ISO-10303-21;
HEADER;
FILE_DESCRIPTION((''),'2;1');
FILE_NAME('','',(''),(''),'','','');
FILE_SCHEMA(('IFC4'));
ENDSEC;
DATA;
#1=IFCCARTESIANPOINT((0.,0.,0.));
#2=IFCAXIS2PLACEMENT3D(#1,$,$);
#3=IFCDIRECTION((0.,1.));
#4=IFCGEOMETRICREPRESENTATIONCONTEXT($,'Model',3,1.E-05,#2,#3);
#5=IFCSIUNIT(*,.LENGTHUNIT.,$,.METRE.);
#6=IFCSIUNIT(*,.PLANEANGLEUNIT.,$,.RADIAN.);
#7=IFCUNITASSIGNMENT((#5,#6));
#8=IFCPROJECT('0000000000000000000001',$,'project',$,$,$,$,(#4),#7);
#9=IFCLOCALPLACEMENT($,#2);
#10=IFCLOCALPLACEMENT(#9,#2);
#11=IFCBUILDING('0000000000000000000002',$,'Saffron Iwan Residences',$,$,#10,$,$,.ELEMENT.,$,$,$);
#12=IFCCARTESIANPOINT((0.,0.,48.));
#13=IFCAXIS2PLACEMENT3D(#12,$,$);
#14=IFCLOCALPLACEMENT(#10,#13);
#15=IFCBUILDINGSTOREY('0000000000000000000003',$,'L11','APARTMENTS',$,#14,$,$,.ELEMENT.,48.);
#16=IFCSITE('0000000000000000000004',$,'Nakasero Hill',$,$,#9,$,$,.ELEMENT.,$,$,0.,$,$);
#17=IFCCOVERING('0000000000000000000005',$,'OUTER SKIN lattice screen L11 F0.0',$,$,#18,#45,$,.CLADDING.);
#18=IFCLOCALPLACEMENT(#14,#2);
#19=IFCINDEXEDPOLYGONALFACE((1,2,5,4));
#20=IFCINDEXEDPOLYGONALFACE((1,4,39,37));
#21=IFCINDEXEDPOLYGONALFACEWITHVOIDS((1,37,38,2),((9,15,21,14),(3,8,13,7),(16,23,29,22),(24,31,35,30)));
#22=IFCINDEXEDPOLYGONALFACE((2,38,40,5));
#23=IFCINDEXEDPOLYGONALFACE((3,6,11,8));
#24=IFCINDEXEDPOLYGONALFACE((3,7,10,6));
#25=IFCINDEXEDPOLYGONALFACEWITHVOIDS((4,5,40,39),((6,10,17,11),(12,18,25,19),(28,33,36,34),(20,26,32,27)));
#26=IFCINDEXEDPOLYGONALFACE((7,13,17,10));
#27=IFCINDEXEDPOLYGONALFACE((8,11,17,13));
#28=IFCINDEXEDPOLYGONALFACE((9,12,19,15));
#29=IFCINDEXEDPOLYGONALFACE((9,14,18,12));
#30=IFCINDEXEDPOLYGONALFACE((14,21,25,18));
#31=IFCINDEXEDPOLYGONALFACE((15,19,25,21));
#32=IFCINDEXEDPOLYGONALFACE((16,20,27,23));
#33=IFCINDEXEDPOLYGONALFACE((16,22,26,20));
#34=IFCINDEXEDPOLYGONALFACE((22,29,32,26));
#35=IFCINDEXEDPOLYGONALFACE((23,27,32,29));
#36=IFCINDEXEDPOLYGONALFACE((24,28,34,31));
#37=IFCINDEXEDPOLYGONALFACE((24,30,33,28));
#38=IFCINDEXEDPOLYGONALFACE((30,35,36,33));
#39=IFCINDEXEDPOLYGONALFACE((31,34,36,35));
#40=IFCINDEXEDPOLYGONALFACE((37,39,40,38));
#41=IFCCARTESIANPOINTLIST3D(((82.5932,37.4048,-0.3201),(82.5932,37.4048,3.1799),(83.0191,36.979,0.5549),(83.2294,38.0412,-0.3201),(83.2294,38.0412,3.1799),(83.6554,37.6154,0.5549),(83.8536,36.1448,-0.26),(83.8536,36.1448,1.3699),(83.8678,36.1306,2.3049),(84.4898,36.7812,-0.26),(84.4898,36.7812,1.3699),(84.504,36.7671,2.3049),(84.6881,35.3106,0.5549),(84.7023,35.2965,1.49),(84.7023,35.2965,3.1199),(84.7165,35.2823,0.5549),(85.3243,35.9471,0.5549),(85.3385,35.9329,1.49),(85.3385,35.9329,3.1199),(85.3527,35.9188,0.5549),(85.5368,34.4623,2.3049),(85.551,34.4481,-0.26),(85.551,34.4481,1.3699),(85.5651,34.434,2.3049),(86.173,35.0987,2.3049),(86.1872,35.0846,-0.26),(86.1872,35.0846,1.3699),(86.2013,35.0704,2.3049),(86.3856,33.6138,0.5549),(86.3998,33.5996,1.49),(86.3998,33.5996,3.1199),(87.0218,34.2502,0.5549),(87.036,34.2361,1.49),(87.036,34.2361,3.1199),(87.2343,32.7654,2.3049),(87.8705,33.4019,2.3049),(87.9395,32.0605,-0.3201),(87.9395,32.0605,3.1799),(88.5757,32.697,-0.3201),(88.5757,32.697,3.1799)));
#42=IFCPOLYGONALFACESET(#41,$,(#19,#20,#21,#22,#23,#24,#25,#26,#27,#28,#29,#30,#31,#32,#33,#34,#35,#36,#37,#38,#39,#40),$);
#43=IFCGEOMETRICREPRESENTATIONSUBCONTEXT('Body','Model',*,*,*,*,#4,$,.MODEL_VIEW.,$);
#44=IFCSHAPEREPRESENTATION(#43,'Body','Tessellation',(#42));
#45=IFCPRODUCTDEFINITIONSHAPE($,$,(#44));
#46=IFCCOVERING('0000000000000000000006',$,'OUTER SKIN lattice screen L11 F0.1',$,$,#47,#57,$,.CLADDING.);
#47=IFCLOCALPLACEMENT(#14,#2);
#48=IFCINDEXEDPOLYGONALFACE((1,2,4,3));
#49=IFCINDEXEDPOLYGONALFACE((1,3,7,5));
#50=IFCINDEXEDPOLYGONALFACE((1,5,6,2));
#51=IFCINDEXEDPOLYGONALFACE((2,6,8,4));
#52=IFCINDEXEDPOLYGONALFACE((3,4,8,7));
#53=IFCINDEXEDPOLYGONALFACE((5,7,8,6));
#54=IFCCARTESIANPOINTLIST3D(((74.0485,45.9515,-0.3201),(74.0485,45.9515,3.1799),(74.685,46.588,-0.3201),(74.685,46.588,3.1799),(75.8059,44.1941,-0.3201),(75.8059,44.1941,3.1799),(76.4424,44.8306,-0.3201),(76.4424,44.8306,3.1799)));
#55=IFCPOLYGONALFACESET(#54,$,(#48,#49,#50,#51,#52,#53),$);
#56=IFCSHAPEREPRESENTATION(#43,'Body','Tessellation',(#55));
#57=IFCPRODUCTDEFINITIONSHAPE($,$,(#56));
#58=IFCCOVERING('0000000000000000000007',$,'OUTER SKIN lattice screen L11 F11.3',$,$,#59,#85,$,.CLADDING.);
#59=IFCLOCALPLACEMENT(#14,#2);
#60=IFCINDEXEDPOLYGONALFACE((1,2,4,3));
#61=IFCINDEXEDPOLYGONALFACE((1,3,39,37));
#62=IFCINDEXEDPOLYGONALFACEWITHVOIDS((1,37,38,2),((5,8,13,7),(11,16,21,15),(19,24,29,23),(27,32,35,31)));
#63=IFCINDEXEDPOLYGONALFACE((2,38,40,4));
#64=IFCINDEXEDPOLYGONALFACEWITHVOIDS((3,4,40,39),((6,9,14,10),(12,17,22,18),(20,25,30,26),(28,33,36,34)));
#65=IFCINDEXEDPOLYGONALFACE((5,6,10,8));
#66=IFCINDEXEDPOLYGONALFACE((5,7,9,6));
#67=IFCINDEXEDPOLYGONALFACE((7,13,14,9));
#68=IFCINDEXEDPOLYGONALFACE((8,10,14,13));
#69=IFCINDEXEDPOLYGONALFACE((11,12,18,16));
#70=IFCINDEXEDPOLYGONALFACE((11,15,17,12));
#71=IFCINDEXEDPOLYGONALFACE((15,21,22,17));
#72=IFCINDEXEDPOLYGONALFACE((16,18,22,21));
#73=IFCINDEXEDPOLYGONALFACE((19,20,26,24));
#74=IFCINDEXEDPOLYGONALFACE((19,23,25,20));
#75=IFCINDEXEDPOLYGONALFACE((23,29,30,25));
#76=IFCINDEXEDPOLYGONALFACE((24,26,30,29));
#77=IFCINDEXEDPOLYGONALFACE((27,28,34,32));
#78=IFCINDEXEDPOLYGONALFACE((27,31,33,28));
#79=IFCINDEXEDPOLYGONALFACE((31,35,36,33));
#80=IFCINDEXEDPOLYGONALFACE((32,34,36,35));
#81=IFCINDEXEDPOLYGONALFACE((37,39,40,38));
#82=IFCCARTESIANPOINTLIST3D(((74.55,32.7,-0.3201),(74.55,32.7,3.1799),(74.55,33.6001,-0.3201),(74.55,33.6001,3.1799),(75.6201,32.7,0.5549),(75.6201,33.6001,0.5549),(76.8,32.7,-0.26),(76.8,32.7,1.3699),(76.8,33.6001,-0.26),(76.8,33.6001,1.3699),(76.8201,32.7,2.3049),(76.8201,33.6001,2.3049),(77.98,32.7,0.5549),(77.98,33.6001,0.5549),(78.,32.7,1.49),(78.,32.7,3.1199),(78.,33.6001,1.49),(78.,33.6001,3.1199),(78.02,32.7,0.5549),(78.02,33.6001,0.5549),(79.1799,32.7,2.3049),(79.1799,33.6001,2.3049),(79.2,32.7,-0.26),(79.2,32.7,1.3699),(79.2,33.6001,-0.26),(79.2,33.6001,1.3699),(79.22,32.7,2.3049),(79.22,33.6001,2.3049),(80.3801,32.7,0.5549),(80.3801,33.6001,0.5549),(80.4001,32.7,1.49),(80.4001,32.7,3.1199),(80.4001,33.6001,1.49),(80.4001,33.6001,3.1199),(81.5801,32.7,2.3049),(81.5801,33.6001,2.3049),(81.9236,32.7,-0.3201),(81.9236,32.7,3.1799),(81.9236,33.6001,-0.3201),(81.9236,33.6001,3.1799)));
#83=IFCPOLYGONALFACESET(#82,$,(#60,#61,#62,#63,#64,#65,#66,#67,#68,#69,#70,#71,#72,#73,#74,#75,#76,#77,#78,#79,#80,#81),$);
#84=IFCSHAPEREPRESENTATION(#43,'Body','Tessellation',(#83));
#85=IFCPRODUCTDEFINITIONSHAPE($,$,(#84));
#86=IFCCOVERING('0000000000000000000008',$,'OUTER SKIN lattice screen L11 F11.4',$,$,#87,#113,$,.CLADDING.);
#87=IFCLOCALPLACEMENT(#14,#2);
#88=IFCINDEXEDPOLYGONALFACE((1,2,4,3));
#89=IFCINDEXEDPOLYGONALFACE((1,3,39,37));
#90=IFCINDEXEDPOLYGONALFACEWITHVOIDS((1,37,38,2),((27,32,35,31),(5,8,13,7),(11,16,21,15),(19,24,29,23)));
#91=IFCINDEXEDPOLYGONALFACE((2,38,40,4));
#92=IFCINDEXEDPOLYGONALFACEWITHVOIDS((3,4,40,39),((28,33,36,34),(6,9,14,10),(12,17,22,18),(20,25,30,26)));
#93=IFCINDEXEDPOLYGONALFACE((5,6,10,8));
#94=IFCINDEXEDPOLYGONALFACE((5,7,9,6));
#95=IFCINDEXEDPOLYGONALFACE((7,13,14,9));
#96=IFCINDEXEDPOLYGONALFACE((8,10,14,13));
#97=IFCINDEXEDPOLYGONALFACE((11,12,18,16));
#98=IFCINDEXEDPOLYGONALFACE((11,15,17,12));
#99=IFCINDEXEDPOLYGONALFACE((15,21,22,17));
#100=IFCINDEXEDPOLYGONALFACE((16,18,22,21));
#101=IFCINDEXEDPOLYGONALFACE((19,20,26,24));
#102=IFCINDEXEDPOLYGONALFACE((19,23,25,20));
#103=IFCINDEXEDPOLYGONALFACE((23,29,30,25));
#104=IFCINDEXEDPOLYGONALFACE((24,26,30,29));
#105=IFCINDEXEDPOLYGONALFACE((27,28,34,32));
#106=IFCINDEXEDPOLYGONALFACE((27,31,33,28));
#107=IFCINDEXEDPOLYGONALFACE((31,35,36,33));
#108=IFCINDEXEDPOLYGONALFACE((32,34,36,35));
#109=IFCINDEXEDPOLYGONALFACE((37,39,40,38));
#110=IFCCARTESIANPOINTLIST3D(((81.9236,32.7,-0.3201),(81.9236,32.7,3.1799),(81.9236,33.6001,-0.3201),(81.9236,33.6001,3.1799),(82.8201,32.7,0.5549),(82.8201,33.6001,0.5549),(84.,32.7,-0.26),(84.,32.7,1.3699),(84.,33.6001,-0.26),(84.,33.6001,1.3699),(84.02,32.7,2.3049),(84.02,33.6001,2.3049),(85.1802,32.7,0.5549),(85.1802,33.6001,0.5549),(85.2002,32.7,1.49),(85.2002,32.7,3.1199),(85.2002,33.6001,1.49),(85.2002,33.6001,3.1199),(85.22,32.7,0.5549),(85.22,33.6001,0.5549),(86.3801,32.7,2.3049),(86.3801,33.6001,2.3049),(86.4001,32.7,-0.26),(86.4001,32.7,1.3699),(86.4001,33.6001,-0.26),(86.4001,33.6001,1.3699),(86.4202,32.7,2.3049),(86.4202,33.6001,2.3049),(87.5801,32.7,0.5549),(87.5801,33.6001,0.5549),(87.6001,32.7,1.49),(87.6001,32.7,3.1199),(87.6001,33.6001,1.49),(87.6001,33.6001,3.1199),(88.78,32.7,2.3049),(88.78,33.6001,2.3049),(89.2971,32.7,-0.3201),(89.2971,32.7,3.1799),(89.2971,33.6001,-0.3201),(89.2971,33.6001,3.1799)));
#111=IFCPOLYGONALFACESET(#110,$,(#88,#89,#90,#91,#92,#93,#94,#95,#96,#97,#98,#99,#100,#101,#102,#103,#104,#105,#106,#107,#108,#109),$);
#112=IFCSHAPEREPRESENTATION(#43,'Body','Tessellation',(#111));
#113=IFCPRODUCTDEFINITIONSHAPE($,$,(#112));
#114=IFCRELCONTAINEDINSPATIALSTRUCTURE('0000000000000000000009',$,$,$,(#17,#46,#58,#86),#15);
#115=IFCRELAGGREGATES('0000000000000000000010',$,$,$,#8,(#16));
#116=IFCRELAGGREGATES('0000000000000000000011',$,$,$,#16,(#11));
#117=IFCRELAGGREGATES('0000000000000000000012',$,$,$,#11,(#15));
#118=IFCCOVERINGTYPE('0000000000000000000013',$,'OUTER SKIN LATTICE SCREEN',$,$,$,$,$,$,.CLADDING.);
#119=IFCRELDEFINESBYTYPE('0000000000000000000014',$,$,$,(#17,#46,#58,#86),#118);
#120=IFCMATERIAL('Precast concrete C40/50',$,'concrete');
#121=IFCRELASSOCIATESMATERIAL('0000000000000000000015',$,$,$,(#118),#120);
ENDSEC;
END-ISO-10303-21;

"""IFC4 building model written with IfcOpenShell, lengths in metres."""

from ifc_helpers import new_model, si_unit, direction, frame, origin, place, context, subcontext, project, spatial, polyline, outline, extrude, material, type_object, element, save


model = new_model("IFC4")

# Units and contexts
model_context = context("Model", 3, precision=1e-05, world=origin(), true_north=direction((0.0, 1.0)))
body_context = subcontext(model_context, "Body", "Model", "MODEL_VIEW")
ifc_project = project(units=[si_unit("LENGTHUNIT", "METRE"), si_unit("PLANEANGLEUNIT", "RADIAN")], contexts=[model_context])

# Site, building, storey
site_placement = place(None, origin())
site = spatial("IfcSite", under=ifc_project, at=site_placement, Name="Nakasero Hill", CompositionType="ELEMENT", RefElevation=0.0)
building_placement = place(site_placement, origin())
building = spatial("IfcBuilding", under=site, at=building_placement, Name="Saffron Iwan Residences", CompositionType="ELEMENT")
storey_placement = place(building_placement, frame((0.0, 0.0, 48.0)))
storey = spatial("IfcBuildingStorey", under=building, at=storey_placement, Name="L11", Description="APARTMENTS", CompositionType="ELEMENT", Elevation=48.0)

# Coverings
ifc_material_1 = material(Name="Precast concrete C40/50", Category="concrete")
covering_type = type_object("IfcCoveringType", Name="OUTER SKIN LATTICE SCREEN", PredefinedType="CLADDING", material=ifc_material_1)
covering_1_placement = place(storey_placement, frame((87.9395, 32.0605, -0.3201), z_axis=(0.706971, 0.707242, 0.0), x_axis=(-0.707242, 0.706971, 0.0)))
element("IfcCovering", 1, at=covering_1_placement, inside=storey, type_object=covering_type, Name="OUTER SKIN lattice screen L11 F0.0", PredefinedType="CLADDING", context=body_context, shape_type="SweptSolid", body=[
    extrude(outline(polyline([(0.0, 0.0), (7.5593, 0.0), (7.5593, 3.5), (0.0, 3.5), (0.0, 0.0)]), holes=[polyline([(2.197, 0.875), (3.3772, 0.0601), (4.5571, 0.875), (3.3772, 1.6899), (2.197, 0.875)]), polyline([(4.5972, 0.875), (5.7771, 0.0601), (6.957, 0.875), (5.7771, 1.6899), (4.5972, 0.875)]), polyline([(0.9971, 2.625), (2.177, 1.8101), (3.3572, 2.625), (2.177, 3.4399), (0.9971, 2.625)]), polyline([(3.3972, 2.625), (4.5771, 1.8101), (5.7571, 2.625), (4.5771, 3.4399), (3.3972, 2.625)])]), origin(), (0.0, 0.0, 1.0), 0.8999),
])
covering_2_placement = place(storey_placement, frame((75.8059, 44.1941, -0.3201), z_axis=(0.707107, 0.707107, 0.0), x_axis=(-0.707107, 0.707107, 0.0)))
element("IfcCovering", 2, at=covering_2_placement, inside=storey, type_object=covering_type, Name="OUTER SKIN lattice screen L11 F0.1", PredefinedType="CLADDING", context=body_context, shape_type="SweptSolid", body=[
    extrude(outline(polyline([(0.0, 0.0), (2.4854, 0.0), (2.4854, 3.5), (0.0, 3.5), (0.0, 0.0)])), origin(), (0.0, 0.0, 1.0), 0.9001),
])
covering_3_placement = place(storey_placement, frame((74.55, 33.6001, -0.3201), z_axis=(0.0, -1.0, 0.0), x_axis=(1.0, 0.0, 0.0)))
element("IfcCovering", 3, at=covering_3_placement, inside=storey, type_object=covering_type, Name="OUTER SKIN lattice screen L11 F11.3", PredefinedType="CLADDING", context=body_context, shape_type="SweptSolid", body=[
    extrude(outline(polyline([(0.0, 0.0), (7.3735, 0.0), (7.3735, 3.5), (0.0, 3.5), (0.0, 0.0)]), holes=[polyline([(1.0701, 0.875), (2.25, 0.0601), (3.4299, 0.875), (2.25, 1.6899), (1.0701, 0.875)]), polyline([(3.47, 0.875), (4.6499, 0.0601), (5.8301, 0.875), (4.6499, 1.6899), (3.47, 0.875)]), polyline([(2.27, 2.625), (3.45, 1.8101), (4.6299, 2.625), (3.45, 3.4399), (2.27, 2.625)]), polyline([(4.6699, 2.625), (5.8501, 1.8101), (7.03, 2.625), (5.8501, 3.4399), (4.6699, 2.625)])]), origin(), (0.0, 0.0, 1.0), 0.9001),
])
covering_4_placement = place(storey_placement, frame((81.9236, 33.6001, -0.3201), z_axis=(0.0, -1.0, 0.0), x_axis=(1.0, 0.0, 0.0)))
element("IfcCovering", 4, at=covering_4_placement, inside=storey, type_object=covering_type, Name="OUTER SKIN lattice screen L11 F11.4", PredefinedType="CLADDING", context=body_context, shape_type="SweptSolid", body=[
    extrude(outline(polyline([(0.0, 0.0), (7.3735, 0.0), (7.3735, 3.5), (0.0, 3.5), (0.0, 0.0)]), holes=[polyline([(0.8965, 0.875), (2.0764, 0.0601), (3.2566, 0.875), (2.0764, 1.6899), (0.8965, 0.875)]), polyline([(3.2964, 0.875), (4.4766, 0.0601), (5.6565, 0.875), (4.4766, 1.6899), (3.2964, 0.875)]), polyline([(2.0964, 2.625), (3.2766, 1.8101), (4.4565, 2.625), (3.2766, 3.4399), (2.0964, 2.625)]), polyline([(4.4966, 2.625), (5.6765, 1.8101), (6.8564, 2.625), (5.6765, 3.4399), (4.4966, 2.625)])]), origin(), (0.0, 0.0, 1.0), 0.9001),
])

save(model, "model.ifc")
